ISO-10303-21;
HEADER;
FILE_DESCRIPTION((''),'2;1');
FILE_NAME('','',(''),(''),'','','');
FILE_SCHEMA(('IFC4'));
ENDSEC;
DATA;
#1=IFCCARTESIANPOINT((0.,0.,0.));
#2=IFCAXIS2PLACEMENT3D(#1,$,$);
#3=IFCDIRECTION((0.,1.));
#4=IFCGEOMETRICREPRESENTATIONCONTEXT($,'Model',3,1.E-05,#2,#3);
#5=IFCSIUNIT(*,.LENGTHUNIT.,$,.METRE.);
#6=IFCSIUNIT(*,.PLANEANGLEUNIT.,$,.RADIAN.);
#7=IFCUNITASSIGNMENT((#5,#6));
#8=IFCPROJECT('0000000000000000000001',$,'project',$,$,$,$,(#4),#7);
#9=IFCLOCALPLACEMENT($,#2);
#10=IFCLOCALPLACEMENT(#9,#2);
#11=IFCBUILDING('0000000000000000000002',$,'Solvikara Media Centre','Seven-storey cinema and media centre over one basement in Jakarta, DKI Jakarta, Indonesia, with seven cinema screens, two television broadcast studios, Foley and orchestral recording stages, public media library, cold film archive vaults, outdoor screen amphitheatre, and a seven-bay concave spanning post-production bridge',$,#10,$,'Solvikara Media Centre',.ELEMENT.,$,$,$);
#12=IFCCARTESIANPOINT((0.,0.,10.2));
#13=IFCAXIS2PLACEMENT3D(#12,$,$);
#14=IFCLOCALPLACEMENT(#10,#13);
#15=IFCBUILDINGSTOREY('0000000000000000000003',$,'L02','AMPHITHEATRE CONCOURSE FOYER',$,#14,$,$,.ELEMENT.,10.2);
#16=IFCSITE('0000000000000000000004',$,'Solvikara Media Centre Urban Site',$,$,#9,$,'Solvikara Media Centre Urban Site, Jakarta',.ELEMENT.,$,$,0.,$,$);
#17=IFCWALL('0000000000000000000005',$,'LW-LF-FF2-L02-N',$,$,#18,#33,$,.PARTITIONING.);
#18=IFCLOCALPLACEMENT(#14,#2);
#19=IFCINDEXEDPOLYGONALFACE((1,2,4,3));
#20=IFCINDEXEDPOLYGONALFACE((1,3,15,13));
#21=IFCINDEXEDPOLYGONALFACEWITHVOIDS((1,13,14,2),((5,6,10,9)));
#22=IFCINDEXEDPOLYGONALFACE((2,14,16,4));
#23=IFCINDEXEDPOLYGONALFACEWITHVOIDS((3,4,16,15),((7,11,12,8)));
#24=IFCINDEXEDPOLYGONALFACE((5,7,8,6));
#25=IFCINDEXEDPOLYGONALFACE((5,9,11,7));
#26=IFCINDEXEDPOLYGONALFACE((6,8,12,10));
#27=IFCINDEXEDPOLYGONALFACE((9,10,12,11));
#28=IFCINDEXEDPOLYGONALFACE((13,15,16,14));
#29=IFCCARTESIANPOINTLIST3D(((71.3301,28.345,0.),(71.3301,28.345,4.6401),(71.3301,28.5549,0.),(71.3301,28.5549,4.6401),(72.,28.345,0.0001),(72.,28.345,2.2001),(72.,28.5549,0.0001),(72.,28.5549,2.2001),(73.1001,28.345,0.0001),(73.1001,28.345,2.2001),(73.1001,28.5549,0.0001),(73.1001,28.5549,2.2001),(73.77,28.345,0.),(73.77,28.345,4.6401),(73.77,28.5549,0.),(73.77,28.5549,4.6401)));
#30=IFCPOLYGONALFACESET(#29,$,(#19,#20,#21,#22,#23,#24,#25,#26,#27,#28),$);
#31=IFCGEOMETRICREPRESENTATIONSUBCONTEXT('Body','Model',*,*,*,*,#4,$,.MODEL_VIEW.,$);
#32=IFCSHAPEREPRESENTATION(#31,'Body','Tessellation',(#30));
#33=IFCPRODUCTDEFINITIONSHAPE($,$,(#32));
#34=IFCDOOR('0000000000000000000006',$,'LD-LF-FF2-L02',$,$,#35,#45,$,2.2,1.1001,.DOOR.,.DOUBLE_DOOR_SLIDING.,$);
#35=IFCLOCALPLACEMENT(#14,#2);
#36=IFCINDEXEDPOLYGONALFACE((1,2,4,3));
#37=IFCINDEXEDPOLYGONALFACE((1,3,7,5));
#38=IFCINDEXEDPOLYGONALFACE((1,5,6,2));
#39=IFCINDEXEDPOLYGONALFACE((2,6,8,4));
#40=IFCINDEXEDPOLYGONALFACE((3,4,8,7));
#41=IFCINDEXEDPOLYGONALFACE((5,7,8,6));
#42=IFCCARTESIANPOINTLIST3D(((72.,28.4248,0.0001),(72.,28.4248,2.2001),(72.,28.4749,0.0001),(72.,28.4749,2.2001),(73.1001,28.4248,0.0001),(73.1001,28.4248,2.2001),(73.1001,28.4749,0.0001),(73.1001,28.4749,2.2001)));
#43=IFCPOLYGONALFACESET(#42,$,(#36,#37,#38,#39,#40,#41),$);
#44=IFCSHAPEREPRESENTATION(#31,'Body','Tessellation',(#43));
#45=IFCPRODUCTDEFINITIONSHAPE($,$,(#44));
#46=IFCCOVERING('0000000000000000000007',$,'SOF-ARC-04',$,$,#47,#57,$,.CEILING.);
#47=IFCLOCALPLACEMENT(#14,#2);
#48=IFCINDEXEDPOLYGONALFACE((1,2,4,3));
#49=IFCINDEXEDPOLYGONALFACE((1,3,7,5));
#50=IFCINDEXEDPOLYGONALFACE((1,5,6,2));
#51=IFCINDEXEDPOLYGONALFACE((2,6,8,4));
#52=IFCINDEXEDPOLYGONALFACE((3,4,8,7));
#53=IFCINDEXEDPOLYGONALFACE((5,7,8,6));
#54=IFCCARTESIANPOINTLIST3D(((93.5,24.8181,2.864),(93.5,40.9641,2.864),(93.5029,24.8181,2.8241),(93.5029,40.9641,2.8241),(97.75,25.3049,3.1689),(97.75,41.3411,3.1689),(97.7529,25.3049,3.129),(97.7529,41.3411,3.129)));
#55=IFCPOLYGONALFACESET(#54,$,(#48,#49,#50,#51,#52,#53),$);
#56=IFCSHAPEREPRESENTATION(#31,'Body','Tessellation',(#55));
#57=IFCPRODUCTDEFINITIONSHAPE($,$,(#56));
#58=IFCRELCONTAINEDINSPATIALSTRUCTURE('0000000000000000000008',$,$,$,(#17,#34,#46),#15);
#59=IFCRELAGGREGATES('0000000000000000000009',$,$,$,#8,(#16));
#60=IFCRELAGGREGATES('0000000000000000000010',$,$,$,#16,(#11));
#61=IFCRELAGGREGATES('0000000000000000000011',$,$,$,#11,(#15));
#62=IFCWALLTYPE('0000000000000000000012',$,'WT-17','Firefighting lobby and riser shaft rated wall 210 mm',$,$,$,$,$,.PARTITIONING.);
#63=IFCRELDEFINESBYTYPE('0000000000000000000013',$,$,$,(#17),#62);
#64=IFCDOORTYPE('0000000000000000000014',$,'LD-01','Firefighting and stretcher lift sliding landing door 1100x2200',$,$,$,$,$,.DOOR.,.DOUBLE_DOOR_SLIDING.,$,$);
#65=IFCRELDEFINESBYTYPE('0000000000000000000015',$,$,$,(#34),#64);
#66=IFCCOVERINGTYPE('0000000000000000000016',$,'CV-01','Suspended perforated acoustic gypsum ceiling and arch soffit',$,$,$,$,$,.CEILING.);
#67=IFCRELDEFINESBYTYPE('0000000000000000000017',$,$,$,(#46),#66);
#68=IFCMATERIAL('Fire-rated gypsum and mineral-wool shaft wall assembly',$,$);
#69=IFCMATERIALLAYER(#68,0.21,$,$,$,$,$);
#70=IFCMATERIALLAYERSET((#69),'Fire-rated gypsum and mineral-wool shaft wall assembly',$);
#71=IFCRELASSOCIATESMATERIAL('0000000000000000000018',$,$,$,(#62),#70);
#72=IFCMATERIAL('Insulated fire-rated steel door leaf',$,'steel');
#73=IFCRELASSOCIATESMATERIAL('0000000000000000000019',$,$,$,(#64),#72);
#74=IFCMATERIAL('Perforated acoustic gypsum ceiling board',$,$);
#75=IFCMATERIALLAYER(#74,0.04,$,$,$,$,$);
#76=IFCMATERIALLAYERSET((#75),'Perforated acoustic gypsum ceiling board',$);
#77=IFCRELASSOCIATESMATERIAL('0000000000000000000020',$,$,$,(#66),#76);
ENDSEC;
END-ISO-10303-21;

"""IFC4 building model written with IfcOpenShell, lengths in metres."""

from ifc_helpers import new_model, si_unit, direction, frame, frame_2d, origin, place, context, subcontext, project, spatial, polyline, rectangle, outline, extrude, material, layer, layer_set, type_object, element, fill, save


model = new_model("IFC4")

# Units and contexts
model_context = context("Model", 3, precision=1e-05, world=origin(), true_north=direction((0.0, 1.0)))
body_context = subcontext(model_context, "Body", "Model", "MODEL_VIEW")
ifc_project = project(units=[si_unit("LENGTHUNIT", "METRE"), si_unit("PLANEANGLEUNIT", "RADIAN")], contexts=[model_context])

# Site, building, storey
site_placement = place(None, origin())
site = spatial("IfcSite", under=ifc_project, at=site_placement, Name="Solvikara Media Centre Urban Site", LongName="Solvikara Media Centre Urban Site, Jakarta", CompositionType="ELEMENT", RefElevation=0.0)
building_placement = place(site_placement, origin())
building = spatial("IfcBuilding", under=site, at=building_placement, Name="Solvikara Media Centre", Description="Seven-storey cinema and media centre over one basement in Jakarta, DKI Jakarta, Indonesia, with seven cinema screens, two television broadcast studios, Foley and orchestral recording stages, public media library, cold film archive vaults, outdoor screen amphitheatre, and a seven-bay concave spanning post-production bridge", LongName="Solvikara Media Centre", CompositionType="ELEMENT")
storey_placement = place(building_placement, frame((0.0, 0.0, 10.2)))
storey = spatial("IfcBuildingStorey", under=building, at=storey_placement, Name="L02", Description="AMPHITHEATRE CONCOURSE FOYER", CompositionType="ELEMENT", Elevation=10.2)

# Shared definitions
ifc_material_1 = material(Name="Fire-rated gypsum and mineral-wool shaft wall assembly")
ifc_layer_1 = layer(ifc_material_1, 0.21)
ifc_layer_set_1 = layer_set([ifc_layer_1], Name="Fire-rated gypsum and mineral-wool shaft wall assembly")
wall_type_1 = type_object("IfcWallType", Name="WT-17", Description="Firefighting lobby and riser shaft rated wall 210 mm", PredefinedType="PARTITIONING", material=ifc_layer_set_1)

# Wall, opening, door
wall_1_placement = place(storey_placement, frame((71.3301, 28.45, 0.0), z_axis=(0.0, 0.0, 1.0), x_axis=(1.0, 0.0, 0.0)))
wall_1 = element("IfcWall", 1, at=wall_1_placement, inside=storey, type_object=wall_type_1, Name="LW-LF-FF2-L02-N", PredefinedType="PARTITIONING", context=body_context, shape_type="SweptSolid", body=[
    extrude(rectangle(XDim=2.4399, YDim=0.21, at=frame_2d((1.22, 0.0))), origin(), (0.0, 0.0, 1.0), 4.6401),
])
opening_placement = place(wall_1_placement, frame((0.6699, 0.0, 0.0)))
opening = element("IfcOpeningElement", 2, at=opening_placement, cuts=wall_1, PredefinedType="OPENING", context=body_context, shape_type="SweptSolid", body=[
    extrude(rectangle(XDim=1.1001, YDim=2.2, at=frame_2d((0.55, 1.1001))), frame((0.0, 0.1169, 0.0), z_axis=(0.0, -1.0, 0.0), x_axis=(1.0, 0.0, 0.0)), (0.0, 0.0, 1.0), 0.2339),
])
ifc_material_2 = material(Name="Insulated fire-rated steel door leaf", Category="steel")
door_type = type_object("IfcDoorType", Name="LD-01", Description="Firefighting and stretcher lift sliding landing door 1100x2200", OperationType="DOUBLE_DOOR_SLIDING", PredefinedType="DOOR", material=ifc_material_2)
door_placement = place(opening_placement, origin())
door = element("IfcDoor", 3, at=door_placement, inside=storey, type_object=door_type, Name="LD-LF-FF2-L02", OperationType="DOUBLE_DOOR_SLIDING", OverallHeight=2.2, OverallWidth=1.1001, PredefinedType="DOOR", context=body_context, shape_type="SweptSolid", body=[
    extrude(rectangle(XDim=1.1001, YDim=2.2, at=frame_2d((0.55, 1.1001))), frame((0.0, 0.0249, 0.0), z_axis=(0.0, -1.0, 0.0), x_axis=(1.0, 0.0, 0.0)), (0.0, 0.0, 1.0), 0.05),
])
fill(opening, door)

# Covering
ifc_material_3 = material(Name="Perforated acoustic gypsum ceiling board")
ifc_layer_2 = layer(ifc_material_3, 0.04)
ifc_layer_set_2 = layer_set([ifc_layer_2], Name="Perforated acoustic gypsum ceiling board")
covering_type = type_object("IfcCoveringType", Name="CV-01", Description="Suspended perforated acoustic gypsum ceiling and arch soffit", PredefinedType="CEILING", material=ifc_layer_set_2)
covering_placement = place(storey_placement, frame((93.5, 24.8181, 2.864), z_axis=(-0.071565, 0.0, 0.997436), x_axis=(0.990989, 0.113513, 0.071102)))
element("IfcCovering", 4, at=covering_placement, inside=storey, type_object=covering_type, Name="SOF-ARC-04", PredefinedType="CEILING", context=body_context, shape_type="SweptSolid", body=[
    extrude(outline(polyline([(0.0, 0.0), (4.2886, 0.0), (6.109, 15.9325), (1.8328, 16.0416), (0.0, 0.0)])), origin(), (0.0, 0.0, -1.0), 0.04),
])

save(model, "model.ifc")
